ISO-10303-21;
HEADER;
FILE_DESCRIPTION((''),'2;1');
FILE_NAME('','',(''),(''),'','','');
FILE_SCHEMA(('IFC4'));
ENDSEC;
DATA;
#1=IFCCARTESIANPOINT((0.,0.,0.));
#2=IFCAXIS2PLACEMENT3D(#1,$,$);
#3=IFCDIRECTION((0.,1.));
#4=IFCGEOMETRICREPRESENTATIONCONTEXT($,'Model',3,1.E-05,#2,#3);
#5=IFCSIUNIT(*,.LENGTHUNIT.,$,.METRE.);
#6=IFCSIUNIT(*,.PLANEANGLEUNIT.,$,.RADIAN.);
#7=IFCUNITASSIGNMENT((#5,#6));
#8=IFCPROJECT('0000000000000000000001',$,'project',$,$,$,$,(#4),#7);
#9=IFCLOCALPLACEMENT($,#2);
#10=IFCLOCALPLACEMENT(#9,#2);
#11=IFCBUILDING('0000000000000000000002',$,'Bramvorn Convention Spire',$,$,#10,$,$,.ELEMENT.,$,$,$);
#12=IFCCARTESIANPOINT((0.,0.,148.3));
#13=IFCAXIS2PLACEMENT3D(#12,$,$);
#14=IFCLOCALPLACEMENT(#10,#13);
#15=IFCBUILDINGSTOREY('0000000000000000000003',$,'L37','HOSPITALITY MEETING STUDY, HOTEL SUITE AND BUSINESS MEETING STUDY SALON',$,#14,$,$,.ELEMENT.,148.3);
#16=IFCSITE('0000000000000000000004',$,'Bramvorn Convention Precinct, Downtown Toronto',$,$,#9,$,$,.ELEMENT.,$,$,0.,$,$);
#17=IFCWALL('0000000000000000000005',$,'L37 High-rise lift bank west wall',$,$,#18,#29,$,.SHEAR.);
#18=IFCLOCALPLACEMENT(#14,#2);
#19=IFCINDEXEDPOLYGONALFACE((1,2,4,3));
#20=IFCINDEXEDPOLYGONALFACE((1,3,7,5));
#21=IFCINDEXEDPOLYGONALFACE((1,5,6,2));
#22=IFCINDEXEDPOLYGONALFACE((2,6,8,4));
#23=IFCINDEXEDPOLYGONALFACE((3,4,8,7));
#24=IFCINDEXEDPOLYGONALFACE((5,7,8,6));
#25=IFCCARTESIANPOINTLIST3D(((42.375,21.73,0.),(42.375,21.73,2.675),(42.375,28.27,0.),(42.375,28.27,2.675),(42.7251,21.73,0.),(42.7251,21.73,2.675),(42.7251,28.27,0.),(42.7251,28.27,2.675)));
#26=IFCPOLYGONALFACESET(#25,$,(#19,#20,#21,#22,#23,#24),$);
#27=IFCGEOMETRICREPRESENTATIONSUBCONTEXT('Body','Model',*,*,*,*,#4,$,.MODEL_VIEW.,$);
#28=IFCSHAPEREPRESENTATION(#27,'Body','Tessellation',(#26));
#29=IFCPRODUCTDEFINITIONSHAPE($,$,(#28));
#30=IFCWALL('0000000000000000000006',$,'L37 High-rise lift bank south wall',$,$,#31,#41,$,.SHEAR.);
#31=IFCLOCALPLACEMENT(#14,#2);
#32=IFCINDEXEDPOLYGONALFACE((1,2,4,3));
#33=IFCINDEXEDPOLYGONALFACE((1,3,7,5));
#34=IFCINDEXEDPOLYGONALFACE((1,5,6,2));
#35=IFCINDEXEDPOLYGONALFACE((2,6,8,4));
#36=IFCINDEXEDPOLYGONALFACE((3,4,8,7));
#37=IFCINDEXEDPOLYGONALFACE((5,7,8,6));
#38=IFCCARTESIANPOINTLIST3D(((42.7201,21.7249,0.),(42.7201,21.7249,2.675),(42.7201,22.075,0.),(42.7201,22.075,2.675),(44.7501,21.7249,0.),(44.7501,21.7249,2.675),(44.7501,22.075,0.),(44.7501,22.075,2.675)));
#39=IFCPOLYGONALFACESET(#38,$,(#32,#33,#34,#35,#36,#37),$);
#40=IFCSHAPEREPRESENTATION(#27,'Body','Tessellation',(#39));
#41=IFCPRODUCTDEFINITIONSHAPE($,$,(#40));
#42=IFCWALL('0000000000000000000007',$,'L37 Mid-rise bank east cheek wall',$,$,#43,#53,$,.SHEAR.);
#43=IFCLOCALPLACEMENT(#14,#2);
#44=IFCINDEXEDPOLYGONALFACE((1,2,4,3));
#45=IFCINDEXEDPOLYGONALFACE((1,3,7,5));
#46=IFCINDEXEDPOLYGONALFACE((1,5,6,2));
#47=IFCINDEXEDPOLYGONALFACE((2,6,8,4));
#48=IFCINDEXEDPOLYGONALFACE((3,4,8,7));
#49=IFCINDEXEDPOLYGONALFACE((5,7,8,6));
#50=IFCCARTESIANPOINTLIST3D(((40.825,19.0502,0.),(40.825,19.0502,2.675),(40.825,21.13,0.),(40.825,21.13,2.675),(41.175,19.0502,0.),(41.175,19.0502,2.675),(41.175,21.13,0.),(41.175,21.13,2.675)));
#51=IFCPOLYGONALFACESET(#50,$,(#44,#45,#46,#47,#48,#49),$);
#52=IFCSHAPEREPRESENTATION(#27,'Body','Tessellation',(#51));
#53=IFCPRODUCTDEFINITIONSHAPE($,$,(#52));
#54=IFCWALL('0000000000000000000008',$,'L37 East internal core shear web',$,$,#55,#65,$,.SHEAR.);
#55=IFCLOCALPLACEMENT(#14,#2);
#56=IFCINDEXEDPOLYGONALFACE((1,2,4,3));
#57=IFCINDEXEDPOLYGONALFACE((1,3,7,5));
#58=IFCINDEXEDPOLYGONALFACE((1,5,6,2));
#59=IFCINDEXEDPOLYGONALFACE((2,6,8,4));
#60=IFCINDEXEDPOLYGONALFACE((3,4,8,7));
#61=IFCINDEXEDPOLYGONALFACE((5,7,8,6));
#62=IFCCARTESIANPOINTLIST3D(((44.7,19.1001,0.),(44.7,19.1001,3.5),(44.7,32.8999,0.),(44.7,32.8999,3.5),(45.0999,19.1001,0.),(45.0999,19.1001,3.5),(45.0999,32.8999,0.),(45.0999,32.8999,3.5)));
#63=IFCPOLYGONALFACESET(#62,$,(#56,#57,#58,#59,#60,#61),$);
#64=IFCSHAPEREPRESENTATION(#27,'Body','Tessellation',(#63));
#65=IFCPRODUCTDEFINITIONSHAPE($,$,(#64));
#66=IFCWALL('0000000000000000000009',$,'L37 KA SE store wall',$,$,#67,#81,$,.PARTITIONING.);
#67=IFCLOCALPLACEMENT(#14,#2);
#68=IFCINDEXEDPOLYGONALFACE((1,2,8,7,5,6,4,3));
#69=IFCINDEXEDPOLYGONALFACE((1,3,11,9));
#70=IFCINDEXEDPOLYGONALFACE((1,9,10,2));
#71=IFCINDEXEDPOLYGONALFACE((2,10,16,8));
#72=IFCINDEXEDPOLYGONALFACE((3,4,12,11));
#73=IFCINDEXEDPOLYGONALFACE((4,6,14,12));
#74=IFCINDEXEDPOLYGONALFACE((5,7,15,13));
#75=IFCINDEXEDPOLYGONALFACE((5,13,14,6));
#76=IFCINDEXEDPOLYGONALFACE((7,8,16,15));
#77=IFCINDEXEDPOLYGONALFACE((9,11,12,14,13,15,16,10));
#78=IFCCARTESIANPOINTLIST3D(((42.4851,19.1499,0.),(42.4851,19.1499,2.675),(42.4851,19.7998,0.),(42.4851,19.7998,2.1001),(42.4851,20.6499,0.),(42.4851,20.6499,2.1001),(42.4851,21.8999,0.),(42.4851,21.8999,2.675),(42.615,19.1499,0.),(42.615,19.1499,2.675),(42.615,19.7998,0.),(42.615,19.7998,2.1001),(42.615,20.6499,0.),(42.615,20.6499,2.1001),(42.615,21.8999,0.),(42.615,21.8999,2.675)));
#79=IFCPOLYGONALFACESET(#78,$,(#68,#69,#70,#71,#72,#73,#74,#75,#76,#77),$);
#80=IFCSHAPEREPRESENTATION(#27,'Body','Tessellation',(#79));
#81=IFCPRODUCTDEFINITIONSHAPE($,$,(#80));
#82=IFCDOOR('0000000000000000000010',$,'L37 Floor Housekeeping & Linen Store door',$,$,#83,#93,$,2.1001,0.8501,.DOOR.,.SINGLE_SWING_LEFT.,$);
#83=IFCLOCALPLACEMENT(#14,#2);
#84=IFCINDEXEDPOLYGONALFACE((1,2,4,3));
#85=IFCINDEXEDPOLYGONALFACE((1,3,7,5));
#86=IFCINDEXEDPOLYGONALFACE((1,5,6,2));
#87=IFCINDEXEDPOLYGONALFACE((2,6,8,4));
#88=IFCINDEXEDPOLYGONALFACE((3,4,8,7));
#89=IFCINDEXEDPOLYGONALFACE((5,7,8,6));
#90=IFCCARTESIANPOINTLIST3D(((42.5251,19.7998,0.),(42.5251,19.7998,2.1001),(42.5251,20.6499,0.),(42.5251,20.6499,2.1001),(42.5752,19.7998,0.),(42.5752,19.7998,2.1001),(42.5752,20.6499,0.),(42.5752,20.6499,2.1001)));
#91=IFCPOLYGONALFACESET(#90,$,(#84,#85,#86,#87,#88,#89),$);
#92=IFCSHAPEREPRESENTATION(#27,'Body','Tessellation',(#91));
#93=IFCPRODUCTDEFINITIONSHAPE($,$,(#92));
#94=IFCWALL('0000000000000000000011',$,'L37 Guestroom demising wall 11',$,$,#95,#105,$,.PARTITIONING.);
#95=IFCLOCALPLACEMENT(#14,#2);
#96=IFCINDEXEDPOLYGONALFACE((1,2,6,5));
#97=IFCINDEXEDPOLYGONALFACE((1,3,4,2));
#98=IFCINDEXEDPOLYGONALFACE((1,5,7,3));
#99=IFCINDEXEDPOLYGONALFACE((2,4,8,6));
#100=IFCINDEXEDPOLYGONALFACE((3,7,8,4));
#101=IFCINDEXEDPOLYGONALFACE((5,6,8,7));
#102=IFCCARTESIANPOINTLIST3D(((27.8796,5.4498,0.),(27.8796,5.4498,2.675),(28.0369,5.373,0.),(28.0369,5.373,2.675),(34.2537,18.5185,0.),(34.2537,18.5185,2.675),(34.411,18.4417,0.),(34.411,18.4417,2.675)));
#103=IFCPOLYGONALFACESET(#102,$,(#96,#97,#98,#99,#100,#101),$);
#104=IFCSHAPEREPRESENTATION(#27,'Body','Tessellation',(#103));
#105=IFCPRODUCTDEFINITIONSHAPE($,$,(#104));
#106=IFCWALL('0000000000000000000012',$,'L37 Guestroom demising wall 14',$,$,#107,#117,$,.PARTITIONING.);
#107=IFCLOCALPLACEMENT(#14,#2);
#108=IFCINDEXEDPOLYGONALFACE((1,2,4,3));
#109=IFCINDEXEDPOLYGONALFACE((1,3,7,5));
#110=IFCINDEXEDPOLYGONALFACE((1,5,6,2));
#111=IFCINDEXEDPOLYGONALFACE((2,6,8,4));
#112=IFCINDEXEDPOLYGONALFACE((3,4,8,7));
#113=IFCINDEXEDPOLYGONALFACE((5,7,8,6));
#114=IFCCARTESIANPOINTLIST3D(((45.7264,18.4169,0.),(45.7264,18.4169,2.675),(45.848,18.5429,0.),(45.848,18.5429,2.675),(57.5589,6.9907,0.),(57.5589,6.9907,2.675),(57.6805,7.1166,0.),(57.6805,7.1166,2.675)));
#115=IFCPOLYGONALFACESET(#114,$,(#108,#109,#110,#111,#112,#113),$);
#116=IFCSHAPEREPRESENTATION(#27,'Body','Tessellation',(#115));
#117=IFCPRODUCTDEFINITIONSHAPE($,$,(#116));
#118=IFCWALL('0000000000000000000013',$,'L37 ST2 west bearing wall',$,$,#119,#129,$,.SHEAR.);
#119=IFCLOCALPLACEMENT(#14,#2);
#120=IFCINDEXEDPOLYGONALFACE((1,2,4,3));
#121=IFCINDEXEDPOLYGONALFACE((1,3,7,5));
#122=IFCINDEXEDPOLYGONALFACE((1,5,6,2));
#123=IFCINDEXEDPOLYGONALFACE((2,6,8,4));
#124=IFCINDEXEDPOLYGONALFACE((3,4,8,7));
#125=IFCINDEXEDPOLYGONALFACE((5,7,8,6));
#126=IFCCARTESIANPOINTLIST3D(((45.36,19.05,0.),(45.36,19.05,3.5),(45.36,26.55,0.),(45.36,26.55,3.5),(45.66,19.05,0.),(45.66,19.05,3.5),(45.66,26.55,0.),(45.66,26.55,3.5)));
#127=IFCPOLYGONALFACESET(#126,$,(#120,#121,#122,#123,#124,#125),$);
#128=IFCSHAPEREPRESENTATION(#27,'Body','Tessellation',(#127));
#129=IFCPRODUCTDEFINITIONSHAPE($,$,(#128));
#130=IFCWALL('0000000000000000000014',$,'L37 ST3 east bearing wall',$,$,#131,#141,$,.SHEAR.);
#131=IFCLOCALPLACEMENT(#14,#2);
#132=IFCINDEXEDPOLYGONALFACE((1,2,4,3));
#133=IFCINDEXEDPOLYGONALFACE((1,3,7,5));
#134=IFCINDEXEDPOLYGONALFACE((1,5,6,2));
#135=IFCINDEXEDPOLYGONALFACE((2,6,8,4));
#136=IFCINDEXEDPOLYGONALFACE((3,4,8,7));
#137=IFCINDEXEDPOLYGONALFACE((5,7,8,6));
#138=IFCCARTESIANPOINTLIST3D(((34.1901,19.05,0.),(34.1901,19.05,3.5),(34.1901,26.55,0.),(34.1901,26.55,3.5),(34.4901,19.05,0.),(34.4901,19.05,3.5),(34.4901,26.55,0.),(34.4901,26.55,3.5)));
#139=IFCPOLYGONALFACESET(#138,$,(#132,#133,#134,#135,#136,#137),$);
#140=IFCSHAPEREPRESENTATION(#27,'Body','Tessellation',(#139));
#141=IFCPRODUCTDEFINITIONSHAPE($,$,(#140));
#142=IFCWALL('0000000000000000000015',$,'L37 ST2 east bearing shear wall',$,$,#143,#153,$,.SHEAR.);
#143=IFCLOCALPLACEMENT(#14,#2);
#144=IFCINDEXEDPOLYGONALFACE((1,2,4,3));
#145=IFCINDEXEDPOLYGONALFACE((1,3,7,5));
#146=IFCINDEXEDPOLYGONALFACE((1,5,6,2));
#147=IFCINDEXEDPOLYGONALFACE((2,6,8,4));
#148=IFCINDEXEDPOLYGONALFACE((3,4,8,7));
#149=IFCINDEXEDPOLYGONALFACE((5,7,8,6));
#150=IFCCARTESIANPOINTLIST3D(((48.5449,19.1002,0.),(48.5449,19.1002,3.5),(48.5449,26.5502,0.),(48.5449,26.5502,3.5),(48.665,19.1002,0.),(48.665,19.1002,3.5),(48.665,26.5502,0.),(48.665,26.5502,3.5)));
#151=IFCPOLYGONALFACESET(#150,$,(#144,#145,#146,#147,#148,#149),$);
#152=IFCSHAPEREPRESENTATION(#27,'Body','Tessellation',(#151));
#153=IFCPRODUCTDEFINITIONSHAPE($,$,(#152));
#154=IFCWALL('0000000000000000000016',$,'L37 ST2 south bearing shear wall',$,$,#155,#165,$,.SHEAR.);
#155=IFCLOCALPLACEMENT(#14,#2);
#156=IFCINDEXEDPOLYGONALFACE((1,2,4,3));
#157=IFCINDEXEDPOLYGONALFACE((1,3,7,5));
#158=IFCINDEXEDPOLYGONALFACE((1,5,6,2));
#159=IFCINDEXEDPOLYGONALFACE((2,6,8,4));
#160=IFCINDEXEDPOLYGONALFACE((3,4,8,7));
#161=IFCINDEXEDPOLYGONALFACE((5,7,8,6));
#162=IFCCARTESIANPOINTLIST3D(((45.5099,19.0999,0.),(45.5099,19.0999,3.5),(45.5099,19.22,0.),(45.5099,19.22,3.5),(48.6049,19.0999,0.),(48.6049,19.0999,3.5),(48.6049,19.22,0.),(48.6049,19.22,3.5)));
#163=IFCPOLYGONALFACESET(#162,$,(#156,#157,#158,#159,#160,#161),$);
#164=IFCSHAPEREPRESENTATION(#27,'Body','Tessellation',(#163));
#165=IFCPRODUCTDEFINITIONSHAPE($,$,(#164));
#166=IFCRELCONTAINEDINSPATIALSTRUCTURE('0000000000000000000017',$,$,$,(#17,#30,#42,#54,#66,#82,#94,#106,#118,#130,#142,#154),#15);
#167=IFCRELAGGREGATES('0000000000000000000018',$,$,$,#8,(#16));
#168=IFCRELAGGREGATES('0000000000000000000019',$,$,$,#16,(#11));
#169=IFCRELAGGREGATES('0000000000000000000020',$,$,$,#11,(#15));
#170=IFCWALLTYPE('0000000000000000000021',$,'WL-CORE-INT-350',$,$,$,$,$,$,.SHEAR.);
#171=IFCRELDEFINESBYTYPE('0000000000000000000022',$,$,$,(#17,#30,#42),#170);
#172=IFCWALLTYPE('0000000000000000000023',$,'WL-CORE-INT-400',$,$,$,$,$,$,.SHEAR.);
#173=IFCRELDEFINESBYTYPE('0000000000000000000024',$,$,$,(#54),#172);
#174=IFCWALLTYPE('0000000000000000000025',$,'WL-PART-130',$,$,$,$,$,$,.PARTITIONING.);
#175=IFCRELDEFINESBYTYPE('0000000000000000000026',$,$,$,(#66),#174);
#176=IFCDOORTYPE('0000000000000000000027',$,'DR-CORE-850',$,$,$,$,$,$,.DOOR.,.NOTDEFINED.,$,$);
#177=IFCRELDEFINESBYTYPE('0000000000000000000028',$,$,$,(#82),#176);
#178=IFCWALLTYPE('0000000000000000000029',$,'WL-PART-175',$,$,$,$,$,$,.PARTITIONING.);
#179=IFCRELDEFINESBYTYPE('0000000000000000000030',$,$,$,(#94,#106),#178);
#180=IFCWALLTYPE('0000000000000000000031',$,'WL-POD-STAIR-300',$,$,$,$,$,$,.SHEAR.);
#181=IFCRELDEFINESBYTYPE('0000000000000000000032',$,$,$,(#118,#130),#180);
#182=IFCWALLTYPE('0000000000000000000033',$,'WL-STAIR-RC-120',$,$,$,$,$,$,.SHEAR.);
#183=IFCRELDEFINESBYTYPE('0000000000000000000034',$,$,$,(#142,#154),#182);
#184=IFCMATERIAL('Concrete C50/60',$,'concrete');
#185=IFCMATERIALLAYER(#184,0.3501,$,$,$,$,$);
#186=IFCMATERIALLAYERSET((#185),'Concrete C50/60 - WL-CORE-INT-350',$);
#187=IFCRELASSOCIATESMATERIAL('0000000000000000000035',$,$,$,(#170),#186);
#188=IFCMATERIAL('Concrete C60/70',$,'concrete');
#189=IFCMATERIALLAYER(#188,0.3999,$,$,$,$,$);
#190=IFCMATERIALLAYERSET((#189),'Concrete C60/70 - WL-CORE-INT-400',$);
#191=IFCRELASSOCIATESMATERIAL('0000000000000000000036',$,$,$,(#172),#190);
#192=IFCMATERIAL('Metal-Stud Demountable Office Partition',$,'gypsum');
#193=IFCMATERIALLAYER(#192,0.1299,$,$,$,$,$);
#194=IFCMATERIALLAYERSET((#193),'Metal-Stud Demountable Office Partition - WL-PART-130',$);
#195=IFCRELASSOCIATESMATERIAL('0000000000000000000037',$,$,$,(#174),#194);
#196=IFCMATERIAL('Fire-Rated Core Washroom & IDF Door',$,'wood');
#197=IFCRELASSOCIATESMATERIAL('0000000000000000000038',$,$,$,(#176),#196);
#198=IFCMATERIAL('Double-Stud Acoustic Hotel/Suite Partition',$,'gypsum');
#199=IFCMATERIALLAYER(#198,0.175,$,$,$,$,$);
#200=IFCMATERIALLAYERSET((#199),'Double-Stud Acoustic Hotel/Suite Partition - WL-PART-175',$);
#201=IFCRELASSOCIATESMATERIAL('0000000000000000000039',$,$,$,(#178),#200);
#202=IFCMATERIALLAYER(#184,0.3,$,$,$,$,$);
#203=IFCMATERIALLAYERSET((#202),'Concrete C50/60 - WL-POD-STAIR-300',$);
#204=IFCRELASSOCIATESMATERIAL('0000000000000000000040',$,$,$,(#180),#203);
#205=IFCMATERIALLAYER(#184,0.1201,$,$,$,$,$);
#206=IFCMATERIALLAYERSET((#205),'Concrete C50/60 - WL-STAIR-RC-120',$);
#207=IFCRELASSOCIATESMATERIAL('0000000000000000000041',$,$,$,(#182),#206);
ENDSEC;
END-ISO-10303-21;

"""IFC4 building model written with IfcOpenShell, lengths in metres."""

from ifc_helpers import new_model, si_unit, direction, frame, frame_2d, origin, place, context, subcontext, project, spatial, rectangle, extrude, material, layer, layer_set, type_object, element, fill, save


model = new_model("IFC4")

# Units and contexts
model_context = context("Model", 3, precision=1e-05, world=origin(), true_north=direction((0.0, 1.0)))
body_context = subcontext(model_context, "Body", "Model", "MODEL_VIEW")
ifc_project = project(units=[si_unit("LENGTHUNIT", "METRE"), si_unit("PLANEANGLEUNIT", "RADIAN")], contexts=[model_context])

# Site, building, storey
site_placement = place(None, origin())
site = spatial("IfcSite", under=ifc_project, at=site_placement, Name="Bramvorn Convention Precinct, Downtown Toronto", CompositionType="ELEMENT", RefElevation=0.0)
building_placement = place(site_placement, origin())
building = spatial("IfcBuilding", under=site, at=building_placement, Name="Bramvorn Convention Spire", CompositionType="ELEMENT")
storey_placement = place(building_placement, frame((0.0, 0.0, 148.3)))
storey = spatial("IfcBuildingStorey", under=building, at=storey_placement, Name="L37", Description="HOSPITALITY MEETING STUDY, HOTEL SUITE AND BUSINESS MEETING STUDY SALON", CompositionType="ELEMENT", Elevation=148.3)

# Shared definitions
ifc_material_1 = material(Name="Concrete C60/70", Category="concrete")

# Walls
ifc_material_2 = material(Name="Concrete C50/60", Category="concrete")
ifc_layer_1 = layer(ifc_material_2, 0.3501)
ifc_layer_set_1 = layer_set([ifc_layer_1], Name="Concrete C50/60 - WL-CORE-INT-350")
wall_type_1 = type_object("IfcWallType", Name="WL-CORE-INT-350", PredefinedType="SHEAR", material=ifc_layer_set_1)
wall_1_placement = place(storey_placement, frame((42.55, 21.73, 0.0), z_axis=(0.0, 0.0, 1.0), x_axis=(0.0, 1.0, 0.0)))
element("IfcWall", 1, at=wall_1_placement, inside=storey, type_object=wall_type_1, Name="L37 High-rise lift bank west wall", PredefinedType="SHEAR", context=body_context, shape_type="SweptSolid", body=[
    extrude(rectangle(XDim=6.54, YDim=0.3501, at=frame_2d((3.27, 0.0))), origin(), (0.0, 0.0, 1.0), 2.675),
])
wall_2_placement = place(storey_placement, frame((42.72, 21.8999, 0.0), z_axis=(0.0, 0.0, 1.0), x_axis=(1.0, 0.0, 0.0)))
element("IfcWall", 2, at=wall_2_placement, inside=storey, type_object=wall_type_1, Name="L37 High-rise lift bank south wall", PredefinedType="SHEAR", context=body_context, shape_type="SweptSolid", body=[
    extrude(rectangle(XDim=2.03, YDim=0.3501, at=frame_2d((1.0151, 0.0))), origin(), (0.0, 0.0, 1.0), 2.675),
])

# Walls
wall_3_placement = place(storey_placement, frame((41.0, 19.05, 0.0), z_axis=(0.0, 0.0, 1.0), x_axis=(0.0, 1.0, 0.0)))
element("IfcWall", 3, at=wall_3_placement, inside=storey, type_object=wall_type_1, Name="L37 Mid-rise bank east cheek wall", PredefinedType="SHEAR", context=body_context, shape_type="SweptSolid", body=[
    extrude(rectangle(XDim=2.0798, YDim=0.3501, at=frame_2d((1.04, 0.0))), origin(), (0.0, 0.0, 1.0), 2.675),
])
ifc_layer_2 = layer(ifc_material_1, 0.3999)
ifc_layer_set_2 = layer_set([ifc_layer_2], Name="Concrete C60/70 - WL-CORE-INT-400")
wall_type_2 = type_object("IfcWallType", Name="WL-CORE-INT-400", PredefinedType="SHEAR", material=ifc_layer_set_2)
wall_4_placement = place(storey_placement, frame((44.8999, 19.1001, 0.0), z_axis=(0.0, 0.0, 1.0), x_axis=(0.0, 1.0, 0.0)))
element("IfcWall", 4, at=wall_4_placement, inside=storey, type_object=wall_type_2, Name="L37 East internal core shear web", PredefinedType="SHEAR", context=body_context, shape_type="SweptSolid", body=[
    extrude(rectangle(XDim=13.7998, YDim=0.3999, at=frame_2d((6.8999, 0.0))), origin(), (0.0, 0.0, 1.0), 3.5),
])

# Wall, opening, door
ifc_material_3 = material(Name="Metal-Stud Demountable Office Partition", Category="gypsum")
ifc_layer_3 = layer(ifc_material_3, 0.1299)
ifc_layer_set_3 = layer_set([ifc_layer_3], Name="Metal-Stud Demountable Office Partition - WL-PART-130")
wall_type_3 = type_object("IfcWallType", Name="WL-PART-130", PredefinedType="PARTITIONING", material=ifc_layer_set_3)
wall_5_placement = place(storey_placement, frame((42.55, 19.1499, 0.0), z_axis=(0.0, 0.0, 1.0), x_axis=(0.0, 1.0, 0.0)))
wall_5 = element("IfcWall", 5, at=wall_5_placement, inside=storey, type_object=wall_type_3, Name="L37 KA SE store wall", PredefinedType="PARTITIONING", context=body_context, shape_type="SweptSolid", body=[
    extrude(rectangle(XDim=2.75, YDim=0.1299, at=frame_2d((1.375, 0.0))), origin(), (0.0, 0.0, 1.0), 2.675),
])
opening_1_placement = place(wall_5_placement, frame((0.6499, 0.0, 0.0)))
opening_1 = element("IfcOpeningElement", 6, at=opening_1_placement, cuts=wall_5, PredefinedType="OPENING", context=body_context, shape_type="SweptSolid", body=[
    extrude(rectangle(XDim=0.8501, YDim=2.1001, at=frame_2d((0.425, 1.05))), frame((0.0, 0.075, 0.0), z_axis=(0.0, -1.0, 0.0), x_axis=(1.0, 0.0, 0.0)), (0.0, 0.0, 1.0), 0.1499),
])
ifc_material_4 = material(Name="Fire-Rated Core Washroom & IDF Door", Category="wood")
door_type_1 = type_object("IfcDoorType", Name="DR-CORE-850", OperationType="NOTDEFINED", PredefinedType="DOOR", material=ifc_material_4)
door_1_placement = place(opening_1_placement, origin())
door_1 = element("IfcDoor", 7, at=door_1_placement, inside=storey, type_object=door_type_1, Name="L37 Floor Housekeeping & Linen Store door", OperationType="SINGLE_SWING_LEFT", OverallHeight=2.1001, OverallWidth=0.8501, PredefinedType="DOOR", context=body_context, shape_type="SweptSolid", body=[
    extrude(rectangle(XDim=0.8501, YDim=2.1001, at=frame_2d((0.425, 1.05))), frame((0.0, 0.0249, 0.0), z_axis=(0.0, -1.0, 0.0), x_axis=(1.0, 0.0, 0.0)), (0.0, 0.0, 1.0), 0.05),
])
fill(opening_1, door_1)

# Walls
ifc_material_5 = material(Name="Double-Stud Acoustic Hotel/Suite Partition", Category="gypsum")
ifc_layer_4 = layer(ifc_material_5, 0.175)
ifc_layer_set_4 = layer_set([ifc_layer_4], Name="Double-Stud Acoustic Hotel/Suite Partition - WL-PART-175")
wall_type_4 = type_object("IfcWallType", Name="WL-PART-175", PredefinedType="PARTITIONING", material=ifc_layer_set_4)
wall_6_placement = place(storey_placement, frame((34.3323, 18.48, 0.0), z_axis=(0.0, 0.0, 1.0), x_axis=(-0.438373, -0.898793, 0.0)))
element("IfcWall", 8, at=wall_6_placement, inside=storey, type_object=wall_type_4, Name="L37 Guestroom demising wall 11", PredefinedType="PARTITIONING", context=body_context, shape_type="SweptSolid", body=[
    extrude(rectangle(XDim=14.5403, YDim=0.175, at=frame_2d((7.27, 0.0))), origin(), (0.0, 0.0, 1.0), 2.675),
])
wall_7_placement = place(storey_placement, frame((45.7871, 18.48, 0.0), z_axis=(0.0, 0.0, 1.0), x_axis=(0.719348, -0.69465, 0.0)))
element("IfcWall", 9, at=wall_7_placement, inside=storey, type_object=wall_type_4, Name="L37 Guestroom demising wall 14", PredefinedType="PARTITIONING", context=body_context, shape_type="SweptSolid", body=[
    extrude(rectangle(XDim=16.449, YDim=0.175, at=frame_2d((8.2246, 0.0))), origin(), (0.0, 0.0, 1.0), 2.675),
])
ifc_layer_5 = layer(ifc_material_2, 0.3)
ifc_layer_set_5 = layer_set([ifc_layer_5], Name="Concrete C50/60 - WL-POD-STAIR-300")
wall_type_5 = type_object("IfcWallType", Name="WL-POD-STAIR-300", PredefinedType="SHEAR", material=ifc_layer_set_5)
for number, where, z_axis, x_axis, name in (
    (10, (45.51, 19.05, 0.0), (0.0, 0.0, 1.0), (0.0, 1.0, 0.0), "L37 ST2 west bearing wall"),
    (11, (34.3401, 19.05, 0.0), (0.0, 0.0, 1.0), (0.0, 1.0, 0.0), "L37 ST3 east bearing wall"),
):
    element("IfcWall", number, at=place(storey_placement, frame(where, z_axis=z_axis, x_axis=x_axis)), inside=storey, type_object=wall_type_5, Name=name, PredefinedType="SHEAR", context=body_context, shape_type="SweptSolid", body=[
        extrude(rectangle(XDim=7.5, YDim=0.3, at=frame_2d((3.75, 0.0))), origin(), (0.0, 0.0, 1.0), 3.5),
    ])
ifc_layer_6 = layer(ifc_material_2, 0.1201)
ifc_layer_set_6 = layer_set([ifc_layer_6], Name="Concrete C50/60 - WL-STAIR-RC-120")
wall_type_6 = type_object("IfcWallType", Name="WL-STAIR-RC-120", PredefinedType="SHEAR", material=ifc_layer_set_6)
wall_8_placement = place(storey_placement, frame((48.605, 19.1001, 0.0), z_axis=(0.0, 0.0, 1.0), x_axis=(0.0, 1.0, 0.0)))
element("IfcWall", 12, at=wall_8_placement, inside=storey, type_object=wall_type_6, Name="L37 ST2 east bearing shear wall", PredefinedType="SHEAR", context=body_context, shape_type="SweptSolid", body=[
    extrude(rectangle(XDim=7.45, YDim=0.1201, at=frame_2d((3.7251, 0.0))), origin(), (0.0, 0.0, 1.0), 3.5),
])
wall_9_placement = place(storey_placement, frame((45.51, 19.1599, 0.0), z_axis=(0.0, 0.0, 1.0), x_axis=(1.0, 0.0, 0.0)))
element("IfcWall", 13, at=wall_9_placement, inside=storey, type_object=wall_type_6, Name="L37 ST2 south bearing shear wall", PredefinedType="SHEAR", context=body_context, shape_type="SweptSolid", body=[
    extrude(rectangle(XDim=3.095, YDim=0.1201, at=frame_2d((1.5474, 0.0))), origin(), (0.0, 0.0, 1.0), 3.5),
])

save(model, "model.ifc")
